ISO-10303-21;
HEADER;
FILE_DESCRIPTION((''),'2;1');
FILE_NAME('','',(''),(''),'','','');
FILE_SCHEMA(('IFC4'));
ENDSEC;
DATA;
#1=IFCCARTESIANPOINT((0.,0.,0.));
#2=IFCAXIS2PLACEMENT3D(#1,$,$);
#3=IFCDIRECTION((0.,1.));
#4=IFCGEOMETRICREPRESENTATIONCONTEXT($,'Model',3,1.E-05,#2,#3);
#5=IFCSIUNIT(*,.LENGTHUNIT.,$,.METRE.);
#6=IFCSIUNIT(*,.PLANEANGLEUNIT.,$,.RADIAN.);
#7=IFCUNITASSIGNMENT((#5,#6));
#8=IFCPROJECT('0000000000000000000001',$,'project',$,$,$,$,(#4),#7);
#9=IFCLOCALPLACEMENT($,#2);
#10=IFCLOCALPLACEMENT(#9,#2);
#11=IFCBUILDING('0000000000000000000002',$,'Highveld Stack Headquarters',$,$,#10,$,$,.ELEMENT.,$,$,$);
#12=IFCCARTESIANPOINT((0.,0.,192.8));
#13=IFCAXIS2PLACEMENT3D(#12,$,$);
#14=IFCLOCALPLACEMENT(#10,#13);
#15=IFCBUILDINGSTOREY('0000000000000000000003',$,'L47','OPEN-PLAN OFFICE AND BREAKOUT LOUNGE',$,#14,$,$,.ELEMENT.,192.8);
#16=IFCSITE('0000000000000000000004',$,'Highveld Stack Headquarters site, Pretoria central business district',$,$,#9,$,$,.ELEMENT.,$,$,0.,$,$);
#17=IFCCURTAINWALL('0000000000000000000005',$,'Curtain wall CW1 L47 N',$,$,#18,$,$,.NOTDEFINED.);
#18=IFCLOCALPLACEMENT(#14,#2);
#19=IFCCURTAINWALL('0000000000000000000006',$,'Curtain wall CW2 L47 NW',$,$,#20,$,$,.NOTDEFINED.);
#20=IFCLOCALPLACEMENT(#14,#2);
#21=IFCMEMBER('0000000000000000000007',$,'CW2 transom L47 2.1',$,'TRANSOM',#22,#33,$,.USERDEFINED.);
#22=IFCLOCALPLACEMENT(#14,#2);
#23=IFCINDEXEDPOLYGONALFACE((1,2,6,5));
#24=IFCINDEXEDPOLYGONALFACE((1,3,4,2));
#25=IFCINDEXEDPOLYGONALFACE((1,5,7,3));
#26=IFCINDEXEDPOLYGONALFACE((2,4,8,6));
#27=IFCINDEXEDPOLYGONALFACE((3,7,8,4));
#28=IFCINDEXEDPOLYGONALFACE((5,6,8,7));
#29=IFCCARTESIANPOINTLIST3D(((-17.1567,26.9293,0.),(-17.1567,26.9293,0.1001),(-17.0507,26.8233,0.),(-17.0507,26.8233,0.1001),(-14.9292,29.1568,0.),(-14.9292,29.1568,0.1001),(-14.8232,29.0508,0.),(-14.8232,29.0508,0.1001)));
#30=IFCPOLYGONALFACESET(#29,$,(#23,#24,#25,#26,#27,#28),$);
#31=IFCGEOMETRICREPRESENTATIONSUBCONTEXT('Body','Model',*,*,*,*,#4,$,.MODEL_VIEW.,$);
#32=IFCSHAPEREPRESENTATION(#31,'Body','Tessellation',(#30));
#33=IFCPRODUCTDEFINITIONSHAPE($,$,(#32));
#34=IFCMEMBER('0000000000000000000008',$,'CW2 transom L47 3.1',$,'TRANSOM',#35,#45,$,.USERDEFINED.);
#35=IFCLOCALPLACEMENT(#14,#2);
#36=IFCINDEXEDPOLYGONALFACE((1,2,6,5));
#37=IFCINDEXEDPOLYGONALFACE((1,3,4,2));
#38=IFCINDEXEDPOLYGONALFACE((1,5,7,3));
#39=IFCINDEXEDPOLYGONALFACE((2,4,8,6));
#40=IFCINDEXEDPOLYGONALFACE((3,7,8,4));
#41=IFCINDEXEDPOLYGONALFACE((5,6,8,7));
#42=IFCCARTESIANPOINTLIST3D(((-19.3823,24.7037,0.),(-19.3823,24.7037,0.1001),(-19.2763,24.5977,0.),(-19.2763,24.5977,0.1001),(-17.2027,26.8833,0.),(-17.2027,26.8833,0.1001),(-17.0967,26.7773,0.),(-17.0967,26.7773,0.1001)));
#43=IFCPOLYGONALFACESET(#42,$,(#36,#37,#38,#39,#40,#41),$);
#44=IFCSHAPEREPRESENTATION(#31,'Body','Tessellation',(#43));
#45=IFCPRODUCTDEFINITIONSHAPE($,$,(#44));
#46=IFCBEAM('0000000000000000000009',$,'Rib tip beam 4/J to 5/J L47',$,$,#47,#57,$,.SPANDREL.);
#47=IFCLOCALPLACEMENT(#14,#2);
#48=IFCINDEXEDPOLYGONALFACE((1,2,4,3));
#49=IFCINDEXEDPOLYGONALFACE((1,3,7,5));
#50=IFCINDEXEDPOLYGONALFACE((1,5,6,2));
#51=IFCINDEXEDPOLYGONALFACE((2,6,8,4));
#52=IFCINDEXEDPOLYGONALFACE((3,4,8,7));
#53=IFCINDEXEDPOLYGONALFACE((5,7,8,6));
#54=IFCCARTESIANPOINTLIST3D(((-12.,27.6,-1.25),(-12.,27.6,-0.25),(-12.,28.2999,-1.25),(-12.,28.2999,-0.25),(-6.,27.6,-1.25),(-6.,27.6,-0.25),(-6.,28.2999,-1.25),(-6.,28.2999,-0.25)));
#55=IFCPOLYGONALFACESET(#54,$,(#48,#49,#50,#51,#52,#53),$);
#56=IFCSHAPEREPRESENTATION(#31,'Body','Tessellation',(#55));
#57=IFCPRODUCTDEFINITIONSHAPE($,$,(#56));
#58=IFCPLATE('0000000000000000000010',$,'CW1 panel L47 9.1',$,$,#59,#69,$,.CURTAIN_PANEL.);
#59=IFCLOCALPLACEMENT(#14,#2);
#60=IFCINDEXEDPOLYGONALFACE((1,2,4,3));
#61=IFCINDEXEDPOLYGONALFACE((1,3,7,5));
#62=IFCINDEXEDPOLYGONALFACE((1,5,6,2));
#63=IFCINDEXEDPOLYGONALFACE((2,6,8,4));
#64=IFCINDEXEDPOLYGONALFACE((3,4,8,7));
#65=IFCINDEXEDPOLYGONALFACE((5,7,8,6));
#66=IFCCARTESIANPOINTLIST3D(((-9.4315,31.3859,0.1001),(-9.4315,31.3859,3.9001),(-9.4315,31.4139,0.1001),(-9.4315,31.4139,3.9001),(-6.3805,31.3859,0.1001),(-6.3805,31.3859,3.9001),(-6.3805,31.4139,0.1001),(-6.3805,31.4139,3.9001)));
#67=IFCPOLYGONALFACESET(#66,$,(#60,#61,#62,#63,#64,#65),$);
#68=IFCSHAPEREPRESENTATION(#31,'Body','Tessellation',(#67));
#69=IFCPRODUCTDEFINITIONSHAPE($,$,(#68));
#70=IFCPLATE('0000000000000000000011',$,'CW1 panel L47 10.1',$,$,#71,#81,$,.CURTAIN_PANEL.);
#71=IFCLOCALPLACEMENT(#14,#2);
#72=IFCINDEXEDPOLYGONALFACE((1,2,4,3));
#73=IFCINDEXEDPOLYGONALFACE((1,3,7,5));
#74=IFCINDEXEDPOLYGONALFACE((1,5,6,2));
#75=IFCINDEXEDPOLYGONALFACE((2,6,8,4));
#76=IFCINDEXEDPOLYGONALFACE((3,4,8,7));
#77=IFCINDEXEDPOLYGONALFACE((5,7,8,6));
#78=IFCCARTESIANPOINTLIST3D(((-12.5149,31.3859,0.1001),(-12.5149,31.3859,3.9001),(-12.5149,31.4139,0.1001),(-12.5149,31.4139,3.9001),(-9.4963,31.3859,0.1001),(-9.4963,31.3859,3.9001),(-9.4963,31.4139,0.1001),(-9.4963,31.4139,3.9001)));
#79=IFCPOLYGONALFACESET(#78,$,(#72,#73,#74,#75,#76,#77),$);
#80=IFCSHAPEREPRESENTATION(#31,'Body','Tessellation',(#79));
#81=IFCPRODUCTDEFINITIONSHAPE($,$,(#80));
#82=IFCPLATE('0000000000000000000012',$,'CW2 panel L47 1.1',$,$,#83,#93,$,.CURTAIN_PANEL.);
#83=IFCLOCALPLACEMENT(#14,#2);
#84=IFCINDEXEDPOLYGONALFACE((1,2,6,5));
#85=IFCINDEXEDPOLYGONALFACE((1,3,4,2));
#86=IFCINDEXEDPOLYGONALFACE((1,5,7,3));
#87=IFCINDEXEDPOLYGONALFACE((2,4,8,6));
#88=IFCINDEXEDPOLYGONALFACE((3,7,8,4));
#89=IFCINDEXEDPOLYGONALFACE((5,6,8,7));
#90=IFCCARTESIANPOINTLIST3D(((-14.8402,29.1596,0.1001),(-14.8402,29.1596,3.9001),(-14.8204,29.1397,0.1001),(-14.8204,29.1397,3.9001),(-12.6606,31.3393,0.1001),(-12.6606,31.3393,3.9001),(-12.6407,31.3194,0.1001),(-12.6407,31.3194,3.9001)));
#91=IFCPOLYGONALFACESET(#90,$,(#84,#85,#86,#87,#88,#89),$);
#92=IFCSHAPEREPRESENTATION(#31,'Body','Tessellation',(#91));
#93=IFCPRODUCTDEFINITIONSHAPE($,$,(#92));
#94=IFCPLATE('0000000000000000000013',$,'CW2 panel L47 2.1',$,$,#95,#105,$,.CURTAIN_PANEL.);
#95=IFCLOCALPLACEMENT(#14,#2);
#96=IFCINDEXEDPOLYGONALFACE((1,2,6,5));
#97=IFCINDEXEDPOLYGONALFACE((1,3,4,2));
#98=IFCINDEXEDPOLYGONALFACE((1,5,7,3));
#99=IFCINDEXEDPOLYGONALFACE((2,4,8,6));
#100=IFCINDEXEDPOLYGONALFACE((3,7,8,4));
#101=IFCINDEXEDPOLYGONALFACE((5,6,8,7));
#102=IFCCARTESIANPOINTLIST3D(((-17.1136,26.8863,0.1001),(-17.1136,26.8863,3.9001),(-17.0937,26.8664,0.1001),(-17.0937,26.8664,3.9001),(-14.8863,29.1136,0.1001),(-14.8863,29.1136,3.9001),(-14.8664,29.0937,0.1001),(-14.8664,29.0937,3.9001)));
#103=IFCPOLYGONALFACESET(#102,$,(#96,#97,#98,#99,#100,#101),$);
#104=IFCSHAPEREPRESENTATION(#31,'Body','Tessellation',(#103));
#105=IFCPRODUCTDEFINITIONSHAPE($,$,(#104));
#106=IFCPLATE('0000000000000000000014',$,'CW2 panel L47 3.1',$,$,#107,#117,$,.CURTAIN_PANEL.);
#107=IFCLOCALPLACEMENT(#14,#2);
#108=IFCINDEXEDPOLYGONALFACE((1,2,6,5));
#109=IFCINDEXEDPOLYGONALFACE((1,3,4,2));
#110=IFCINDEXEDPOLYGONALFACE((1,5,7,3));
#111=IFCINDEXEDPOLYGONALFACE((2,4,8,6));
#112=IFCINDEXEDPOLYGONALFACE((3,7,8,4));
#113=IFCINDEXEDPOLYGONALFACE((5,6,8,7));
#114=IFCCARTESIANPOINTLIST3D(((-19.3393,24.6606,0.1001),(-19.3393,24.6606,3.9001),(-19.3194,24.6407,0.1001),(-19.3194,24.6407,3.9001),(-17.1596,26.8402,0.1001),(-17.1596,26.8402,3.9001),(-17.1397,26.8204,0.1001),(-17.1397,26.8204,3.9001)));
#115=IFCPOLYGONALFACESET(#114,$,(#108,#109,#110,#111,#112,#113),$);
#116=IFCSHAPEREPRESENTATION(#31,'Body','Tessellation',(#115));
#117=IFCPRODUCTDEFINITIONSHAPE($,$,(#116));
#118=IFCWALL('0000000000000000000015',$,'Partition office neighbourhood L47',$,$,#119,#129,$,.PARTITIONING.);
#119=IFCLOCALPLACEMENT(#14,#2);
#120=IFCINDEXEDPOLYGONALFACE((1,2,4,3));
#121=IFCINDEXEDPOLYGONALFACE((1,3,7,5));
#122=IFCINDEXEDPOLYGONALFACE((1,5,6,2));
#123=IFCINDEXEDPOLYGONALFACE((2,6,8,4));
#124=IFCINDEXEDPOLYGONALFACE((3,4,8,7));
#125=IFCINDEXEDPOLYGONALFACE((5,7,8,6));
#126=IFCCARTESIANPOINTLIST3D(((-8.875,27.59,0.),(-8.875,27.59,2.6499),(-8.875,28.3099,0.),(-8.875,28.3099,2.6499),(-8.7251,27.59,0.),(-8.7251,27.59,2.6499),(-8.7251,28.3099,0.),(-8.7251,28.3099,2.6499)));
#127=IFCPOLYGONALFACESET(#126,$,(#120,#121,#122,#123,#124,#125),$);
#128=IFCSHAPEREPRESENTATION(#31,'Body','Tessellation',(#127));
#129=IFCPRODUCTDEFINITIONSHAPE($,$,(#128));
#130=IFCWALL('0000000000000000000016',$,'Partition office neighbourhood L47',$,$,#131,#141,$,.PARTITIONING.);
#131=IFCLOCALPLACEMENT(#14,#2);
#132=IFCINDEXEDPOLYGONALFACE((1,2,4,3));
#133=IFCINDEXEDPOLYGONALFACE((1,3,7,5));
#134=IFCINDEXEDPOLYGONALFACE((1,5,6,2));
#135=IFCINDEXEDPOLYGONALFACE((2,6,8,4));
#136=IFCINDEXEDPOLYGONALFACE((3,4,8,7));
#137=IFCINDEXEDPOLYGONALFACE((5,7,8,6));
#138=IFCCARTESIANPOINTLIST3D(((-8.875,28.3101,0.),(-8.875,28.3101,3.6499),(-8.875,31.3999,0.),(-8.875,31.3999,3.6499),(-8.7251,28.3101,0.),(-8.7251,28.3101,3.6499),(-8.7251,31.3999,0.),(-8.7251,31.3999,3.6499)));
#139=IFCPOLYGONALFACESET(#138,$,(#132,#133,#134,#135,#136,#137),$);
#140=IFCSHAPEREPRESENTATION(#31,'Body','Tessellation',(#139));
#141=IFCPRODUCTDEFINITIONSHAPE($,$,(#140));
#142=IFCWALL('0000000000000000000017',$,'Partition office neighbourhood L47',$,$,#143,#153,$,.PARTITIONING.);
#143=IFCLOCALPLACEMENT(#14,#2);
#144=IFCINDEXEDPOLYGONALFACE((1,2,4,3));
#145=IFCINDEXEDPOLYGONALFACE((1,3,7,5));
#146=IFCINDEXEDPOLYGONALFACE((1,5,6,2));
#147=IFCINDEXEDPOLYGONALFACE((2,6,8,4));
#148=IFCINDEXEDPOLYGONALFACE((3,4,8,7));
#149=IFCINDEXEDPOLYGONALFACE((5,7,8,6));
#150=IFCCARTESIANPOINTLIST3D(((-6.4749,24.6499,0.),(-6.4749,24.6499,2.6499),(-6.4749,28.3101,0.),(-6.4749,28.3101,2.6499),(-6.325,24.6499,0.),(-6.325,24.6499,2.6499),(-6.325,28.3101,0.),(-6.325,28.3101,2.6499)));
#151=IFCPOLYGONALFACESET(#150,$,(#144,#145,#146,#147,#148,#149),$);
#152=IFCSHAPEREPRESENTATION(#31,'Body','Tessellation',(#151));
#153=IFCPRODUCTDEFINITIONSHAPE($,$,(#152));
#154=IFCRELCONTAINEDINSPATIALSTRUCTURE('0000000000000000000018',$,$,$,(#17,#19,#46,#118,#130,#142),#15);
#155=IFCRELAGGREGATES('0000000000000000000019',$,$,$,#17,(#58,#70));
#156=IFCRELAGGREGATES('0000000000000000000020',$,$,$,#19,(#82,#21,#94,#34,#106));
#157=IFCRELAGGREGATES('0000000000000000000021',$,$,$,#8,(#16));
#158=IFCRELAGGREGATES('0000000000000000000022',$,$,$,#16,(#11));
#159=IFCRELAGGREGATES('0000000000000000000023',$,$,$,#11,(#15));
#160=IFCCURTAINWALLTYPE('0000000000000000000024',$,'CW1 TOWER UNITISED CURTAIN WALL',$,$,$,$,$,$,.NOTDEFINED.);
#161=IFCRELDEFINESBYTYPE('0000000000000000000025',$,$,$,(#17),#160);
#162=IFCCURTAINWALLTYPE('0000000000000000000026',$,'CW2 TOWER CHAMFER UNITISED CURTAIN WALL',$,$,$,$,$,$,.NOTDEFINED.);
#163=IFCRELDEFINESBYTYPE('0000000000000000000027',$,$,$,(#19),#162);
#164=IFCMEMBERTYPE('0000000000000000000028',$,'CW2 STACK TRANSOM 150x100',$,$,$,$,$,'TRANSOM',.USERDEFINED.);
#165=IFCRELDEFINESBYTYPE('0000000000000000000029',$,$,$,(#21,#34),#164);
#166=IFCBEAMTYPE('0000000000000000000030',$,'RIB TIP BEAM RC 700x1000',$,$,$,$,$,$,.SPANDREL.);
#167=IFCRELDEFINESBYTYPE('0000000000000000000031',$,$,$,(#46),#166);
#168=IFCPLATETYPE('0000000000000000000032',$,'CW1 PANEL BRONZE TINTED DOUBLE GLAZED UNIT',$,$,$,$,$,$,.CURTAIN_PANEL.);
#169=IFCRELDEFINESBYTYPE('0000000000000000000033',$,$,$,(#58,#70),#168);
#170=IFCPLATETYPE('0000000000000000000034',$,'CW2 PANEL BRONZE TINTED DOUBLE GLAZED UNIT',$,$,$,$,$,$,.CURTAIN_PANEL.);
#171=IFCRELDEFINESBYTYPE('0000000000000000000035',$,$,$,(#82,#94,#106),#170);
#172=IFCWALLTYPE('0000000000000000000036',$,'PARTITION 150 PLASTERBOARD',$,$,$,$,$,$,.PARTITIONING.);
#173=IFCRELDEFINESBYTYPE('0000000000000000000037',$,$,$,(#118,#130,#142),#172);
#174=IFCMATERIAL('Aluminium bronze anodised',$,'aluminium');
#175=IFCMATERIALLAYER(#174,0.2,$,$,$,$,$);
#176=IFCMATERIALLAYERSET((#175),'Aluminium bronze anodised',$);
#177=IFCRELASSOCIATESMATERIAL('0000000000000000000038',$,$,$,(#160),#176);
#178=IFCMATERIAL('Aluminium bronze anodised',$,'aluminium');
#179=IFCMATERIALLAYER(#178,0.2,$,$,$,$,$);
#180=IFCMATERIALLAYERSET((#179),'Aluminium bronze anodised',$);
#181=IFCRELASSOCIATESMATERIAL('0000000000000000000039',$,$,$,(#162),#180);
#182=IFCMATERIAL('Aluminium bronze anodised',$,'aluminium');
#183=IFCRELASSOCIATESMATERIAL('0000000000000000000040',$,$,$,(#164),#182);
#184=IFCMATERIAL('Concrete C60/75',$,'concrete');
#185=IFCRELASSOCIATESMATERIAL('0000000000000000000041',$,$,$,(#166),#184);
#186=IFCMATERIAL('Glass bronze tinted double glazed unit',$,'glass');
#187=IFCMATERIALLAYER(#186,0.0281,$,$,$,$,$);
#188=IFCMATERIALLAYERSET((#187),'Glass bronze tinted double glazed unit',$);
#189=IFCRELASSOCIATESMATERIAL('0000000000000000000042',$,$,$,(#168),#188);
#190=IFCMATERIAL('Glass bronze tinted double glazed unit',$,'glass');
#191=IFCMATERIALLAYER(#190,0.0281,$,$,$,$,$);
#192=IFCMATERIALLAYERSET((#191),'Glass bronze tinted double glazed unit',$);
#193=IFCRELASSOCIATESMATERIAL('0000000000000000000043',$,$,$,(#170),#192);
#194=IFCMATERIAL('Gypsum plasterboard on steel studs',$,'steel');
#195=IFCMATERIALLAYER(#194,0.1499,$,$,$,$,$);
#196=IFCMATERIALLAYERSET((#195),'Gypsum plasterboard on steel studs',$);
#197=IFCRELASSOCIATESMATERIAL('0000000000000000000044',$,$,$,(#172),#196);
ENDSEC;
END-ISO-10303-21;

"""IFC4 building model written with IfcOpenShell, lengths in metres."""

from ifc_helpers import new_model, si_unit, direction, frame, frame_2d, origin, origin_2d, place, context, subcontext, project, spatial, rectangle, extrude, material, layer, layer_set, material_profile, profile_set, type_object, element, aggregate, save


model = new_model("IFC4")

# Units and contexts
model_context = context("Model", 3, precision=1e-05, world=origin(), true_north=direction((0.0, 1.0)))
body_context = subcontext(model_context, "Body", "Model", "MODEL_VIEW")
ifc_project = project(units=[si_unit("LENGTHUNIT", "METRE"), si_unit("PLANEANGLEUNIT", "RADIAN")], contexts=[model_context])

# Site, building, storey
site_placement = place(None, origin())
site = spatial("IfcSite", under=ifc_project, at=site_placement, Name="Highveld Stack Headquarters site, Pretoria central business district", CompositionType="ELEMENT", RefElevation=0.0)
building_placement = place(site_placement, origin())
building = spatial("IfcBuilding", under=site, at=building_placement, Name="Highveld Stack Headquarters", CompositionType="ELEMENT")
storey_placement = place(building_placement, frame((0.0, 0.0, 192.8)))
storey = spatial("IfcBuildingStorey", under=building, at=storey_placement, Name="L47", Description="OPEN-PLAN OFFICE AND BREAKOUT LOUNGE", CompositionType="ELEMENT", Elevation=192.8)

# Curtain wall
ifc_material_1 = material(Name="Aluminium bronze anodised", Category="aluminium")
ifc_layer_1 = layer(ifc_material_1, 0.2)
ifc_layer_set_1 = layer_set([ifc_layer_1], Name="Aluminium bronze anodised")
curtain_wall_type_1 = type_object("IfcCurtainWallType", Name="CW1 TOWER UNITISED CURTAIN WALL", PredefinedType="NOTDEFINED", material=ifc_layer_set_1)
curtain_wall_1_placement = place(storey_placement, origin())
curtain_wall_1 = element("IfcCurtainWall", 1, at=curtain_wall_1_placement, inside=storey, type_object=curtain_wall_type_1, Name="Curtain wall CW1 L47 N", PredefinedType="NOTDEFINED")

# Curtain wall, members
ifc_material_2 = material(Name="Aluminium bronze anodised", Category="aluminium")
ifc_layer_2 = layer(ifc_material_2, 0.2)
ifc_layer_set_2 = layer_set([ifc_layer_2], Name="Aluminium bronze anodised")
curtain_wall_type_2 = type_object("IfcCurtainWallType", Name="CW2 TOWER CHAMFER UNITISED CURTAIN WALL", PredefinedType="NOTDEFINED", material=ifc_layer_set_2)
curtain_wall_2_placement = place(storey_placement, origin())
curtain_wall_2 = element("IfcCurtainWall", 2, at=curtain_wall_2_placement, inside=storey, type_object=curtain_wall_type_2, Name="Curtain wall CW2 L47 NW", PredefinedType="NOTDEFINED")
ifc_material_3 = material(Name="Aluminium bronze anodised", Category="aluminium")
ifc_material_profile_1 = material_profile(ifc_material_3, rectangle(XDim=0.1499, YDim=0.1001, at=origin_2d()), Name="CW2 TRANSOM 150x100")
ifc_profile_set_1 = profile_set([ifc_material_profile_1], Name="Aluminium bronze anodised")
member_type_1 = type_object("IfcMemberType", Name="CW2 STACK TRANSOM 150x100", ElementType="TRANSOM", PredefinedType="USERDEFINED", material=ifc_profile_set_1)
member_1_placement = place(storey_placement, frame((-14.8762, 29.1038, 0.05), z_axis=(-0.707107, -0.707107, 0.0), x_axis=(0.707107, -0.707107, 0.0)))
member_1 = element("IfcMember", 3, at=member_1_placement, type_object=member_type_1, Name="CW2 transom L47 2.1", ObjectType="TRANSOM", PredefinedType="USERDEFINED", context=body_context, shape_type="SweptSolid", body=[
    extrude(rectangle(XDim=0.1499, YDim=0.1001, at=origin_2d()), origin(), (0.0, 0.0, 1.0), 3.1501),
])
member_2_placement = place(storey_placement, frame((-17.1497, 26.8303, 0.05), z_axis=(-0.707107, -0.707107, 0.0), x_axis=(0.707107, -0.707107, 0.0)))
member_2 = element("IfcMember", 4, at=member_2_placement, type_object=member_type_1, Name="CW2 transom L47 3.1", ObjectType="TRANSOM", PredefinedType="USERDEFINED", context=body_context, shape_type="SweptSolid", body=[
    extrude(rectangle(XDim=0.1499, YDim=0.1001, at=origin_2d()), origin(), (0.0, 0.0, 1.0), 3.0825),
])

# Beam
ifc_material_4 = material(Name="Concrete C60/75", Category="concrete")
ifc_material_profile_2 = material_profile(ifc_material_4, rectangle(XDim=0.7, YDim=1.0, at=origin_2d()), Name="RC 700x1000")
ifc_profile_set_2 = profile_set([ifc_material_profile_2], Name="Concrete C60/75")
beam_type = type_object("IfcBeamType", Name="RIB TIP BEAM RC 700x1000", PredefinedType="SPANDREL", material=ifc_profile_set_2)
beam_placement = place(storey_placement, frame((-12.0, 27.95, -0.75), z_axis=(1.0, 0.0, 0.0), x_axis=(0.0, 1.0, 0.0)))
element("IfcBeam", 5, at=beam_placement, inside=storey, type_object=beam_type, Name="Rib tip beam 4/J to 5/J L47", PredefinedType="SPANDREL", context=body_context, shape_type="SweptSolid", body=[
    extrude(rectangle(XDim=0.7, YDim=1.0, at=origin_2d()), origin(), (0.0, 0.0, 1.0), 6.0),
])

# Plates
ifc_material_5 = material(Name="Glass bronze tinted double glazed unit", Category="glass")
ifc_layer_3 = layer(ifc_material_5, 0.0281)
ifc_layer_set_3 = layer_set([ifc_layer_3], Name="Glass bronze tinted double glazed unit")
plate_type_1 = type_object("IfcPlateType", Name="CW1 PANEL BRONZE TINTED DOUBLE GLAZED UNIT", PredefinedType="CURTAIN_PANEL", material=ifc_layer_set_3)
plate_1_placement = place(storey_placement, frame((-7.906, 31.3999, 0.1001), z_axis=(0.0, 0.0, 1.0), x_axis=(-1.0, 0.0, 0.0)))
plate_1 = element("IfcPlate", 6, at=plate_1_placement, type_object=plate_type_1, Name="CW1 panel L47 9.1", PredefinedType="CURTAIN_PANEL", context=body_context, shape_type="SweptSolid", body=[
    extrude(rectangle(XDim=3.051, YDim=0.0281, at=origin_2d()), origin(), (0.0, 0.0, 1.0), 3.8),
])
plate_2_placement = place(storey_placement, frame((-11.0056, 31.3999, 0.1001), z_axis=(0.0, 0.0, 1.0), x_axis=(-1.0, 0.0, 0.0)))
plate_2 = element("IfcPlate", 7, at=plate_2_placement, type_object=plate_type_1, Name="CW1 panel L47 10.1", PredefinedType="CURTAIN_PANEL", context=body_context, shape_type="SweptSolid", body=[
    extrude(rectangle(XDim=3.0186, YDim=0.0281, at=origin_2d()), origin(), (0.0, 0.0, 1.0), 3.8),
])
aggregate(curtain_wall_1, [plate_1, plate_2])
ifc_material_6 = material(Name="Glass bronze tinted double glazed unit", Category="glass")
ifc_layer_4 = layer(ifc_material_6, 0.0281)
ifc_layer_set_4 = layer_set([ifc_layer_4], Name="Glass bronze tinted double glazed unit")
plate_type_2 = type_object("IfcPlateType", Name="CW2 PANEL BRONZE TINTED DOUBLE GLAZED UNIT", PredefinedType="CURTAIN_PANEL", material=ifc_layer_set_4)
plate_3_placement = place(storey_placement, frame((-13.7405, 30.2395, 0.1001), z_axis=(0.0, 0.0, 1.0), x_axis=(-0.707107, -0.707107, 0.0)))
plate_3 = element("IfcPlate", 8, at=plate_3_placement, type_object=plate_type_2, Name="CW2 panel L47 1.1", PredefinedType="CURTAIN_PANEL", context=body_context, shape_type="SweptSolid", body=[
    extrude(rectangle(XDim=3.0825, YDim=0.0281, at=origin_2d()), origin(), (0.0, 0.0, 1.0), 3.8),
])
plate_4_placement = place(storey_placement, frame((-15.99, 27.99, 0.1001), z_axis=(0.0, 0.0, 1.0), x_axis=(-0.707107, -0.707107, 0.0)))
plate_4 = element("IfcPlate", 9, at=plate_4_placement, type_object=plate_type_2, Name="CW2 panel L47 2.1", PredefinedType="CURTAIN_PANEL", context=body_context, shape_type="SweptSolid", body=[
    extrude(rectangle(XDim=3.1499, YDim=0.0281, at=origin_2d()), origin(), (0.0, 0.0, 1.0), 3.8),
])
plate_5_placement = place(storey_placement, frame((-18.2395, 25.7405, 0.1001), z_axis=(0.0, 0.0, 1.0), x_axis=(-0.707107, -0.707107, 0.0)))
plate_5 = element("IfcPlate", 10, at=plate_5_placement, type_object=plate_type_2, Name="CW2 panel L47 3.1", PredefinedType="CURTAIN_PANEL", context=body_context, shape_type="SweptSolid", body=[
    extrude(rectangle(XDim=3.0825, YDim=0.0281, at=origin_2d()), origin(), (0.0, 0.0, 1.0), 3.8),
])
aggregate(curtain_wall_2, [plate_3, member_1, plate_4, member_2, plate_5])

# Walls
ifc_material_7 = material(Name="Gypsum plasterboard on steel studs", Category="steel")
ifc_layer_5 = layer(ifc_material_7, 0.1499)
ifc_layer_set_5 = layer_set([ifc_layer_5], Name="Gypsum plasterboard on steel studs")
wall_type = type_object("IfcWallType", Name="PARTITION 150 PLASTERBOARD", PredefinedType="PARTITIONING", material=ifc_layer_set_5)
wall_1_placement = place(storey_placement, frame((-8.8, 27.5901, 0.0), z_axis=(0.0, 0.0, 1.0), x_axis=(0.0, 1.0, 0.0)))
element("IfcWall", 11, at=wall_1_placement, inside=storey, type_object=wall_type, Name="Partition office neighbourhood L47", PredefinedType="PARTITIONING", context=body_context, shape_type="SweptSolid", body=[
    extrude(rectangle(XDim=0.72, YDim=0.1499, at=frame_2d((0.3599, 0.0))), origin(), (0.0, 0.0, 1.0), 2.6499),
])
wall_2_placement = place(storey_placement, frame((-8.8, 28.3101, 0.0), z_axis=(0.0, 0.0, 1.0), x_axis=(0.0, 1.0, 0.0)))
element("IfcWall", 12, at=wall_2_placement, inside=storey, type_object=wall_type, Name="Partition office neighbourhood L47", PredefinedType="PARTITIONING", context=body_context, shape_type="SweptSolid", body=[
    extrude(rectangle(XDim=3.0898, YDim=0.1499, at=frame_2d((1.5449, 0.0))), origin(), (0.0, 0.0, 1.0), 3.6499),
])
wall_3_placement = place(storey_placement, frame((-6.3999, 24.6499, 0.0), z_axis=(0.0, 0.0, 1.0), x_axis=(0.0, 1.0, 0.0)))
element("IfcWall", 13, at=wall_3_placement, inside=storey, type_object=wall_type, Name="Partition office neighbourhood L47", PredefinedType="PARTITIONING", context=body_context, shape_type="SweptSolid", body=[
    extrude(rectangle(XDim=3.6602, YDim=0.1499, at=frame_2d((1.8301, 0.0))), origin(), (0.0, 0.0, 1.0), 2.6499),
])

save(model, "model.ifc")
